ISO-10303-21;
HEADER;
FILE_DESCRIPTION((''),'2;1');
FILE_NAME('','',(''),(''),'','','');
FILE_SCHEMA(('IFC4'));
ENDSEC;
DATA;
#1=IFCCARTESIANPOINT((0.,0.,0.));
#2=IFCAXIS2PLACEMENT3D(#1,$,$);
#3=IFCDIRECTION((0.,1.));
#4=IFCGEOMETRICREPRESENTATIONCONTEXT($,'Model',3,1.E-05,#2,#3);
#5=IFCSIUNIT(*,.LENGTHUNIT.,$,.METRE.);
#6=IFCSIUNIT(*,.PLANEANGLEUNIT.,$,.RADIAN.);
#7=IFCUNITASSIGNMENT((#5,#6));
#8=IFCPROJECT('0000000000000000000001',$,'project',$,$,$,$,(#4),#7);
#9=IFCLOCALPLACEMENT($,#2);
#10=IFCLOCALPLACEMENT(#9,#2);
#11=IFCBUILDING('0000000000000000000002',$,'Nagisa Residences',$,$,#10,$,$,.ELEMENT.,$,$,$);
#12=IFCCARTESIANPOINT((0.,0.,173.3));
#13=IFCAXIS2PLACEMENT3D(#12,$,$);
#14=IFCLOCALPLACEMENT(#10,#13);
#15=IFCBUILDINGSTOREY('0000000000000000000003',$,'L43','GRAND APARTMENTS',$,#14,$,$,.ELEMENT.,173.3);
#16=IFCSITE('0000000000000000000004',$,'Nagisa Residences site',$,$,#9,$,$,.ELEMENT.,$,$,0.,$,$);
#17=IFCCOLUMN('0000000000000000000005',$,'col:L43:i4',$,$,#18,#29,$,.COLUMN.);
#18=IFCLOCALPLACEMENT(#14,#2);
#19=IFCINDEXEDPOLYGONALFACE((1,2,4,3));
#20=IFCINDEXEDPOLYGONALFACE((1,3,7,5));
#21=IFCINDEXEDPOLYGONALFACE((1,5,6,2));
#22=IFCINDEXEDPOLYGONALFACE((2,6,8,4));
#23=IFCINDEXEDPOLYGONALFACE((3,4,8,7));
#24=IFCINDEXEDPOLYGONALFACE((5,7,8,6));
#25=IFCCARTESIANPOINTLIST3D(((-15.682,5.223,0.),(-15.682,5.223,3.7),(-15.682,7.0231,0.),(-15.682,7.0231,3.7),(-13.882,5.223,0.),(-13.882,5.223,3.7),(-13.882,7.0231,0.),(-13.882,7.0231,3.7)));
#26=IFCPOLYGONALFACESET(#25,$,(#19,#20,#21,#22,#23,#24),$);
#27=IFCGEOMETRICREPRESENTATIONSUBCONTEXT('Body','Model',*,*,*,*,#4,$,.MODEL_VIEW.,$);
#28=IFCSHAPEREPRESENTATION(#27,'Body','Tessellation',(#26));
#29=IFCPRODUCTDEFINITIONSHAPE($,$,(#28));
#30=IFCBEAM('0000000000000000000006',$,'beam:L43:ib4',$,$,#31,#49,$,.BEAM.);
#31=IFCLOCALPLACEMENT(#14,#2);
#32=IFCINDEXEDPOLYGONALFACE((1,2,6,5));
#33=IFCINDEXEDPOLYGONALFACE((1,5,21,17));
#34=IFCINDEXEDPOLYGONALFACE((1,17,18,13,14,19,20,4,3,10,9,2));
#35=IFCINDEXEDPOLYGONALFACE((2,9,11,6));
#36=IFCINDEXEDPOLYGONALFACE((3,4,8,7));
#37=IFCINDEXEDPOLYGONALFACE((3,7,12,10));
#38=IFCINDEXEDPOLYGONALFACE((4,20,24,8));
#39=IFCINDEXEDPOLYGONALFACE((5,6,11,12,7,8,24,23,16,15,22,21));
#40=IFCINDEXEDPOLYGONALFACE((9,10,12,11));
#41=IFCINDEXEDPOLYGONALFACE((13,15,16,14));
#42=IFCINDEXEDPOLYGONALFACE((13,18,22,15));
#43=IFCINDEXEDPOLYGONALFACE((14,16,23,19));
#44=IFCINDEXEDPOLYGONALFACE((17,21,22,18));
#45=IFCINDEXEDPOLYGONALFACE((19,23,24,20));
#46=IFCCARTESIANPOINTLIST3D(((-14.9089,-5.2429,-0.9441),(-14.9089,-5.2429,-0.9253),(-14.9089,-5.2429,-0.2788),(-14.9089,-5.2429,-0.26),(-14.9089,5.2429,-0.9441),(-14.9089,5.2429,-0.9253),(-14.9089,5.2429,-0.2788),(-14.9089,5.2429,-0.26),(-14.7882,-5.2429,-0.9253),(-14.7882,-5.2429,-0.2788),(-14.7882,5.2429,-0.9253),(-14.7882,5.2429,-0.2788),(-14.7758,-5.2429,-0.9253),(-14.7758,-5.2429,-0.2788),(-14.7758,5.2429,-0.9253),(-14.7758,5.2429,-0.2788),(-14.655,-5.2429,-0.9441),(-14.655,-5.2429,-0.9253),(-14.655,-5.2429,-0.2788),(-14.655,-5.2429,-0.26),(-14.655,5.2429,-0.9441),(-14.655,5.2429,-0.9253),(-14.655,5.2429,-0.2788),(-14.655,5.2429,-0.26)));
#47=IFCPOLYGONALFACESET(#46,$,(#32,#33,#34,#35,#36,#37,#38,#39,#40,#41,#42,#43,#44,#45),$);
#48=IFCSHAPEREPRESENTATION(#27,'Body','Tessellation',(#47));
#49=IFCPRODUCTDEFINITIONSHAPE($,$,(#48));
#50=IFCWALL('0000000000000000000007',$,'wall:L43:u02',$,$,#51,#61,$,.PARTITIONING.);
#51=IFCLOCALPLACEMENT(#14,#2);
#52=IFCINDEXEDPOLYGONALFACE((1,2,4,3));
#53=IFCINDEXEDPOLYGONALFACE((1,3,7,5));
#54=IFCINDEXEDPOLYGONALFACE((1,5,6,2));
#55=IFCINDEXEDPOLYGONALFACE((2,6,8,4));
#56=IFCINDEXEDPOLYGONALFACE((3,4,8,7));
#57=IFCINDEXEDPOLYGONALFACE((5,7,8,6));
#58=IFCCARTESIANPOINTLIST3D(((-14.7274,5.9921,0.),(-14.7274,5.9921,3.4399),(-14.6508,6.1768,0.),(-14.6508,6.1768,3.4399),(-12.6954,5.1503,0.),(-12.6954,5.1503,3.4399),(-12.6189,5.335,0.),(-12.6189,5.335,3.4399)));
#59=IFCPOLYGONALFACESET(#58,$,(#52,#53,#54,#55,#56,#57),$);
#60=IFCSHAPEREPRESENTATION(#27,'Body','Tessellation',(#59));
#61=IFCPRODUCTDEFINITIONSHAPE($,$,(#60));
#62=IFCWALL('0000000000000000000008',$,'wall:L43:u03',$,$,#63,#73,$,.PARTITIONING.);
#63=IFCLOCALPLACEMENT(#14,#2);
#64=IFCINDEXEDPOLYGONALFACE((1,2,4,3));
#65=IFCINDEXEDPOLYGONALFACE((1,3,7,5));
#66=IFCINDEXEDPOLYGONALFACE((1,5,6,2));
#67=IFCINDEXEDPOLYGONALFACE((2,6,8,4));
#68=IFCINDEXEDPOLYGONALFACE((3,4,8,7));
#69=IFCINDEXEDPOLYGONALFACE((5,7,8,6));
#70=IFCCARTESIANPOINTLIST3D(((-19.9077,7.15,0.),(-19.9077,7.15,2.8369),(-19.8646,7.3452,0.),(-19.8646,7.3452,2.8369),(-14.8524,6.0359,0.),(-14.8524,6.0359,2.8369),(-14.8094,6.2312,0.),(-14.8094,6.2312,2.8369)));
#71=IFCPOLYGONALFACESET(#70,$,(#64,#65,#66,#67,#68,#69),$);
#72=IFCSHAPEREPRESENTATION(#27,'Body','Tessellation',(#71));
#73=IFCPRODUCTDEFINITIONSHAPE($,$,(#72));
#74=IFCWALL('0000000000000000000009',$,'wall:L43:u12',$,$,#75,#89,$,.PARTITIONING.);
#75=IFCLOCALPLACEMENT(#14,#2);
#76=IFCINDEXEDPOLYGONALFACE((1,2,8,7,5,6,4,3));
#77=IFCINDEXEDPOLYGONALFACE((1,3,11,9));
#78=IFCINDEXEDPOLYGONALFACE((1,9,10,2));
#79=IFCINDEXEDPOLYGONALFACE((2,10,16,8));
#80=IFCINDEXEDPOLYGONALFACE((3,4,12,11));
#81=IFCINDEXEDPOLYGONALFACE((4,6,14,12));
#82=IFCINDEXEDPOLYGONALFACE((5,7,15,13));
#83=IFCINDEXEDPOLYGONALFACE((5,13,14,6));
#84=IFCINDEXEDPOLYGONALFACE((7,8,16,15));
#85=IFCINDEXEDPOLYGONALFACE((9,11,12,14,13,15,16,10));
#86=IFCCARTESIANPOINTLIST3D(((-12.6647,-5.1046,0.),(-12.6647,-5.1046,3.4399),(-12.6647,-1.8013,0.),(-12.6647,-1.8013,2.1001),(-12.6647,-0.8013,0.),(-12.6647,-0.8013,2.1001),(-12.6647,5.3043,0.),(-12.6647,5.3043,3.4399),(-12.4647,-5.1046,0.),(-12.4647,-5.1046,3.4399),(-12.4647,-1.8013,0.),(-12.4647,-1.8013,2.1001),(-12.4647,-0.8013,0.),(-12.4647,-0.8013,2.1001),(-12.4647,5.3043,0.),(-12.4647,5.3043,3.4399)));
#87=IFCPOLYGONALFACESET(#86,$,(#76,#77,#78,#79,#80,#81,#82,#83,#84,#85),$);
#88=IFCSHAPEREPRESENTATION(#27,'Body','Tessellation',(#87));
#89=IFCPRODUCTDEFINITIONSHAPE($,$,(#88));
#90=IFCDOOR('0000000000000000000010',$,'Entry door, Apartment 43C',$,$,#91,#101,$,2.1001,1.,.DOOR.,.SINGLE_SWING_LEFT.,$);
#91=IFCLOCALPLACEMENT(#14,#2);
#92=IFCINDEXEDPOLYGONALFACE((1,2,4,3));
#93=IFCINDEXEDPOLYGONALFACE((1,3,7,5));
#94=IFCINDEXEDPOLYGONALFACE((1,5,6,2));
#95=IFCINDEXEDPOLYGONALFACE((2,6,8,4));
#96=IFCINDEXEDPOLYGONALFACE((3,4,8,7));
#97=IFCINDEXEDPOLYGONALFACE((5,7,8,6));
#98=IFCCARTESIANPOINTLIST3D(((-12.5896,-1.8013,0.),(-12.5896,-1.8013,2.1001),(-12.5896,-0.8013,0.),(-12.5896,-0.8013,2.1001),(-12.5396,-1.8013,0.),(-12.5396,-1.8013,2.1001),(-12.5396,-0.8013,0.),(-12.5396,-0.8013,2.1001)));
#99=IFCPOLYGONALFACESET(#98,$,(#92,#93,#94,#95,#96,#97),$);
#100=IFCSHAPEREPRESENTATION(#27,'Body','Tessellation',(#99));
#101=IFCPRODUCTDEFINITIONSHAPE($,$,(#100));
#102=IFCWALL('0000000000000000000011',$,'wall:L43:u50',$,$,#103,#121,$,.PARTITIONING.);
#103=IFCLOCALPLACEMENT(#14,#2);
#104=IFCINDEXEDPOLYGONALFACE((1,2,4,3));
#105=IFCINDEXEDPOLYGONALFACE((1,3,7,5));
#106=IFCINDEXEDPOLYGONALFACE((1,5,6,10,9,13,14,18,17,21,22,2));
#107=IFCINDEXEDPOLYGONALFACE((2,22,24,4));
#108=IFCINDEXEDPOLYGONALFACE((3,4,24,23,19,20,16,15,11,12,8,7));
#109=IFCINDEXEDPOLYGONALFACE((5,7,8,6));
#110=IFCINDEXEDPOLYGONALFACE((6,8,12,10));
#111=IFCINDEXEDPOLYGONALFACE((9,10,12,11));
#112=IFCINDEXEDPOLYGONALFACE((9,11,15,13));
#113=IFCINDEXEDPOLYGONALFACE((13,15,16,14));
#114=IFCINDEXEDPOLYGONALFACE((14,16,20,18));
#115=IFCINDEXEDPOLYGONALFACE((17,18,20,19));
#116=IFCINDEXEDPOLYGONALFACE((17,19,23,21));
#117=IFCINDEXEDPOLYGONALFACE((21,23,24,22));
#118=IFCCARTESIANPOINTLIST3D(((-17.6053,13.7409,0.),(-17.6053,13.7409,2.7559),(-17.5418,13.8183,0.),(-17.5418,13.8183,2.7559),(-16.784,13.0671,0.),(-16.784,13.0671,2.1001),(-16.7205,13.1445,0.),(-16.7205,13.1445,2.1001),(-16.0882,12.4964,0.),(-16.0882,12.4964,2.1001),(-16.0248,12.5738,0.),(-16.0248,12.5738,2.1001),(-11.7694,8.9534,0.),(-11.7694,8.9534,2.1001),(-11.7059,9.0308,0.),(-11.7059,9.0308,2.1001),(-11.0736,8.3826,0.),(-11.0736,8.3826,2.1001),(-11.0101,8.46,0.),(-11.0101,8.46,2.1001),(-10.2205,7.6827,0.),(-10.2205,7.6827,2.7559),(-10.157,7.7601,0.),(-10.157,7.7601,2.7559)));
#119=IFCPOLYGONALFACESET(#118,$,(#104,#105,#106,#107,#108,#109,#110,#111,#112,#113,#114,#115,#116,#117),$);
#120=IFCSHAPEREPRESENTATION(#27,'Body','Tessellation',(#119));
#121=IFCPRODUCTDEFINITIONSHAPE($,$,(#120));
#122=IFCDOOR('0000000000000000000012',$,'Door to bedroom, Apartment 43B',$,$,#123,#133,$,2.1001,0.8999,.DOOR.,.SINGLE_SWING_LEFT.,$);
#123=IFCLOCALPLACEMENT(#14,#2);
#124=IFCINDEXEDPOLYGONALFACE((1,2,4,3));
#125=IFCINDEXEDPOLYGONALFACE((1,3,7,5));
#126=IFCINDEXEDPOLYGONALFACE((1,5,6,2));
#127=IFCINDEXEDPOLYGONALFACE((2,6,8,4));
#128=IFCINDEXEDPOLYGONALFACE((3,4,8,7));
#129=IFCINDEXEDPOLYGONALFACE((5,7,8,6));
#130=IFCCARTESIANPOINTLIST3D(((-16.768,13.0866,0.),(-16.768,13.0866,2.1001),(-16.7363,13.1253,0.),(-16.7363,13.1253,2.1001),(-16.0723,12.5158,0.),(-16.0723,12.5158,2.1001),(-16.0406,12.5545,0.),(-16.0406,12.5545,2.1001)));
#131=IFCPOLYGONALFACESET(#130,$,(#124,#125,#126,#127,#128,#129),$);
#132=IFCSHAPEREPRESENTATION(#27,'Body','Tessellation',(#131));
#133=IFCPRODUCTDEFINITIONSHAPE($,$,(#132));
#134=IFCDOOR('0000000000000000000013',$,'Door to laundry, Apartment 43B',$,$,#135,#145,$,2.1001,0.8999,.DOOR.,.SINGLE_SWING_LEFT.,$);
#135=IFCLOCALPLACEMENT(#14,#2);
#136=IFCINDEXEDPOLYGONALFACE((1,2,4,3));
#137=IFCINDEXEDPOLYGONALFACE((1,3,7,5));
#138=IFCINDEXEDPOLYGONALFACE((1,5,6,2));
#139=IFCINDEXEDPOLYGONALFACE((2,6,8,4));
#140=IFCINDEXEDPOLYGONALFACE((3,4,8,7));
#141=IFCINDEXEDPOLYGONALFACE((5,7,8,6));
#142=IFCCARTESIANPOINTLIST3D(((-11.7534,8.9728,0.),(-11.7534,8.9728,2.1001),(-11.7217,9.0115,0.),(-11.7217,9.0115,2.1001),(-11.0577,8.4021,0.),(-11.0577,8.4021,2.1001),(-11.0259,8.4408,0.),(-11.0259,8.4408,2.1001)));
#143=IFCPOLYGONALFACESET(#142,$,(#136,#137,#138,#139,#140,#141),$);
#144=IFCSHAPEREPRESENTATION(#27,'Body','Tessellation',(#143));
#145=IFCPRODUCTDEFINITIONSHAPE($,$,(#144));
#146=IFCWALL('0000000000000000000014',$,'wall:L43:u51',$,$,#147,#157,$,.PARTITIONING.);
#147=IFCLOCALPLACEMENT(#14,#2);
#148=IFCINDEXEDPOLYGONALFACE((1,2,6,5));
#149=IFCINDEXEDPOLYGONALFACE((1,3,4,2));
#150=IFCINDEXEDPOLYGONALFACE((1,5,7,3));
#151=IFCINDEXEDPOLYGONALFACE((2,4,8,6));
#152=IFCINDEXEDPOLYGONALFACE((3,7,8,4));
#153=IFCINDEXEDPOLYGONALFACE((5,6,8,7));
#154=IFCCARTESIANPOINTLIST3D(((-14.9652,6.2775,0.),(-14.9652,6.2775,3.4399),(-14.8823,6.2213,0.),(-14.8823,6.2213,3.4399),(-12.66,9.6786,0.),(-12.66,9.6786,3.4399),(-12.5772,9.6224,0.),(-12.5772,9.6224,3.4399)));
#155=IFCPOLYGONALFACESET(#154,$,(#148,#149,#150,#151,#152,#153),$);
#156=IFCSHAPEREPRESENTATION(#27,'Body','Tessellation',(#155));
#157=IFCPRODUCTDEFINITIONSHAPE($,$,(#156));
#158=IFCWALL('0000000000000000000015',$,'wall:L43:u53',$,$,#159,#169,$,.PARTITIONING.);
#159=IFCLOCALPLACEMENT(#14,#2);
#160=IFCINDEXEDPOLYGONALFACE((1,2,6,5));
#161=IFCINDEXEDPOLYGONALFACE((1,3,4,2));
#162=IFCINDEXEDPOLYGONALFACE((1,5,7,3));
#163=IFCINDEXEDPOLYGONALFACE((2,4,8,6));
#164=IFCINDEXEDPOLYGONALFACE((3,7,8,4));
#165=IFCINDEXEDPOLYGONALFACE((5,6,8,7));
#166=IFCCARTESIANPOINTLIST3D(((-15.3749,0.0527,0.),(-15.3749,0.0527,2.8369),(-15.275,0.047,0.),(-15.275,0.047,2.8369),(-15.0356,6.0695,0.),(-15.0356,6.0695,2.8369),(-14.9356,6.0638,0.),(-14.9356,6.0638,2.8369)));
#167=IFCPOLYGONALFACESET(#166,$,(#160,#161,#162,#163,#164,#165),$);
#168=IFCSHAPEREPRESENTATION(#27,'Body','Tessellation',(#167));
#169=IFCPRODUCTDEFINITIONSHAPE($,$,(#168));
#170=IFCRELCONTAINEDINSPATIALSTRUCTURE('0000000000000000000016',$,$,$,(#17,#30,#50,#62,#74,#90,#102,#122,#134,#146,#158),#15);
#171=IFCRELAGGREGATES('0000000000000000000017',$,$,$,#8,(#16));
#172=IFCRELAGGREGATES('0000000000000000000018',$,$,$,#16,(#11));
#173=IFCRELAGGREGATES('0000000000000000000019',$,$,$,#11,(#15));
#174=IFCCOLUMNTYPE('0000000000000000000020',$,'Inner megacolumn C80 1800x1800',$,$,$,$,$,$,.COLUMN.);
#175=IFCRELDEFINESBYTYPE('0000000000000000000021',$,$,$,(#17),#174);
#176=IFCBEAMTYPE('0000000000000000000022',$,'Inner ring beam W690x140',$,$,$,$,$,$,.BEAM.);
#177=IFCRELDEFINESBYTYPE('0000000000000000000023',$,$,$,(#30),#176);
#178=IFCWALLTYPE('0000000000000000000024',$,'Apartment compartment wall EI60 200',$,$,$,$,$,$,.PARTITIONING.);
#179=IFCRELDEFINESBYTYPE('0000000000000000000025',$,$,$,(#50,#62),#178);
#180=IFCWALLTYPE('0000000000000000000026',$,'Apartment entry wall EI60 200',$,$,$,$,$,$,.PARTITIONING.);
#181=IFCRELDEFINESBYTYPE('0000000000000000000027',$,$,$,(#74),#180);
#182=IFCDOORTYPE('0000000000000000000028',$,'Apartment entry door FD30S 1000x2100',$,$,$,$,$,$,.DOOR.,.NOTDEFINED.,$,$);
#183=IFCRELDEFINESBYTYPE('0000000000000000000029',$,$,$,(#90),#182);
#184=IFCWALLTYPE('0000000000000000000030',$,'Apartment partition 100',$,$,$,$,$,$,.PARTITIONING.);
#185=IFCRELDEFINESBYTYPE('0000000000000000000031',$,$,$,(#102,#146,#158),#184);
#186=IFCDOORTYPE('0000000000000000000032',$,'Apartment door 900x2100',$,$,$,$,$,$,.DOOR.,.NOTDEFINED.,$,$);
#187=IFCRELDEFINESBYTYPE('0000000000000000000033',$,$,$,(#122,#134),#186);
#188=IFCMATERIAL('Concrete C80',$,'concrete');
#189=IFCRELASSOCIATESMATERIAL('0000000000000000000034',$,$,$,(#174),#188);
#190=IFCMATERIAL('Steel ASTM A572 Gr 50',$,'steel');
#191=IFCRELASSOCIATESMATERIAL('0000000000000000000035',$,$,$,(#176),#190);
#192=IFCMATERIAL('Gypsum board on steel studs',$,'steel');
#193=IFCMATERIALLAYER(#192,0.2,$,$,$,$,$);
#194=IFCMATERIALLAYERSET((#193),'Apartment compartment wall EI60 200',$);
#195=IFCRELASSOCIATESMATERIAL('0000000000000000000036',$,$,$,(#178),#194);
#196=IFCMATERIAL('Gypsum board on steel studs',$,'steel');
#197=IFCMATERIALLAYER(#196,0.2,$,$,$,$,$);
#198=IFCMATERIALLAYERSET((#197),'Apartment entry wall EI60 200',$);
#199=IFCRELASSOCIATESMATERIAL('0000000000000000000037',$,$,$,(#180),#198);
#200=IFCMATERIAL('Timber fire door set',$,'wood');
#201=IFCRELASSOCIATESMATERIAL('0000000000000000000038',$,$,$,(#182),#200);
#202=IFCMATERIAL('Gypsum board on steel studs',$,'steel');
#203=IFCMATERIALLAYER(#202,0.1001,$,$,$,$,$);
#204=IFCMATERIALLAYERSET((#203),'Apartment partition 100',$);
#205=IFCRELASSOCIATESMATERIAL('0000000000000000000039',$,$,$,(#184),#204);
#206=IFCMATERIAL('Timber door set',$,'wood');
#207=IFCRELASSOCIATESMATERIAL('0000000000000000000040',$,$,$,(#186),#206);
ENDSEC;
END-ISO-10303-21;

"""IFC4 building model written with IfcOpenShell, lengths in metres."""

from ifc_helpers import new_model, si_unit, direction, frame, frame_2d, origin, origin_2d, place, context, subcontext, project, spatial, rectangle, i_section, extrude, material, layer, layer_set, material_profile, profile_set, type_object, element, fill, save


model = new_model("IFC4")

# Units and contexts
model_context = context("Model", 3, precision=1e-05, world=origin(), true_north=direction((0.0, 1.0)))
body_context = subcontext(model_context, "Body", "Model", "MODEL_VIEW")
ifc_project = project(units=[si_unit("LENGTHUNIT", "METRE"), si_unit("PLANEANGLEUNIT", "RADIAN")], contexts=[model_context])

# Site, building, storey
site_placement = place(None, origin())
site = spatial("IfcSite", under=ifc_project, at=site_placement, Name="Nagisa Residences site", CompositionType="ELEMENT", RefElevation=0.0)
building_placement = place(site_placement, origin())
building = spatial("IfcBuilding", under=site, at=building_placement, Name="Nagisa Residences", CompositionType="ELEMENT")
storey_placement = place(building_placement, frame((0.0, 0.0, 173.3)))
storey = spatial("IfcBuildingStorey", under=building, at=storey_placement, Name="L43", Description="GRAND APARTMENTS", CompositionType="ELEMENT", Elevation=173.3)

# Column
ifc_material_1 = material(Name="Concrete C80", Category="concrete")
ifc_material_profile_1 = material_profile(ifc_material_1, rectangle(XDim=1.8, YDim=1.8, at=origin_2d()), Name="C80 1800x1800")
ifc_profile_set_1 = profile_set([ifc_material_profile_1], Name="Concrete C80")
column_type = type_object("IfcColumnType", Name="Inner megacolumn C80 1800x1800", PredefinedType="COLUMN", material=ifc_profile_set_1)
column_placement = place(storey_placement, frame((-14.782, 6.123, 0.0), z_axis=(0.0, 0.0, 1.0), x_axis=(1.0, 0.0, 0.0)))
element("IfcColumn", 1, at=column_placement, inside=storey, type_object=column_type, Name="col:L43:i4", PredefinedType="COLUMN", context=body_context, shape_type="SweptSolid", body=[
    extrude(rectangle(XDim=1.8, YDim=1.8, at=origin_2d()), origin(), (0.0, 0.0, 1.0), 3.7),
])

# Beam
ifc_material_2 = material(Name="Steel ASTM A572 Gr 50", Category="steel")
ifc_material_profile_2 = material_profile(ifc_material_2, i_section(OverallWidth=0.2539, OverallDepth=0.6841, WebThickness=0.0125, FlangeThickness=0.0188, at=origin_2d()), Name="W690x140")
ifc_profile_set_2 = profile_set([ifc_material_profile_2], Name="Steel ASTM A572 Gr 50")
beam_type = type_object("IfcBeamType", Name="Inner ring beam W690x140", PredefinedType="BEAM", material=ifc_profile_set_2)
beam_placement = place(storey_placement, frame((-14.782, 5.2429, -0.6021), z_axis=(0.0, -1.0, 0.0), x_axis=(1.0, 0.0, 0.0)))
element("IfcBeam", 2, at=beam_placement, inside=storey, type_object=beam_type, Name="beam:L43:ib4", PredefinedType="BEAM", context=body_context, shape_type="SweptSolid", body=[
    extrude(i_section(OverallWidth=0.2539, OverallDepth=0.6841, WebThickness=0.0125, FlangeThickness=0.0188, at=origin_2d()), origin(), (0.0, 0.0, 1.0), 10.4858),
])

# Walls
ifc_material_3 = material(Name="Gypsum board on steel studs", Category="steel")
ifc_layer_1 = layer(ifc_material_3, 0.2)
ifc_layer_set_1 = layer_set([ifc_layer_1], Name="Apartment compartment wall EI60 200")
wall_type_1 = type_object("IfcWallType", Name="Apartment compartment wall EI60 200", PredefinedType="PARTITIONING", material=ifc_layer_set_1)
wall_1_placement = place(storey_placement, frame((-12.6572, 5.2427, 0.0), z_axis=(0.0, 0.0, 1.0), x_axis=(-0.92386, 0.382731, 0.0)))
element("IfcWall", 3, at=wall_1_placement, inside=storey, type_object=wall_type_1, Name="wall:L43:u02", PredefinedType="PARTITIONING", context=body_context, shape_type="SweptSolid", body=[
    extrude(rectangle(XDim=2.1995, YDim=0.2, at=frame_2d((1.0996, 0.0))), origin(), (0.0, 0.0, 1.0), 3.4399),
])
wall_2_placement = place(storey_placement, frame((-14.8308, 6.1335, 0.0), z_axis=(0.0, 0.0, 1.0), x_axis=(-0.976568, 0.215207, 0.0)))
element("IfcWall", 4, at=wall_2_placement, inside=storey, type_object=wall_type_1, Name="wall:L43:u03", PredefinedType="PARTITIONING", context=body_context, shape_type="SweptSolid", body=[
    extrude(rectangle(XDim=5.1765, YDim=0.2, at=frame_2d((2.5884, 0.0))), origin(), (0.0, 0.0, 1.0), 2.8369),
])

# Wall, opening, door
ifc_material_4 = material(Name="Gypsum board on steel studs", Category="steel")
ifc_layer_2 = layer(ifc_material_4, 0.2)
ifc_layer_set_2 = layer_set([ifc_layer_2], Name="Apartment entry wall EI60 200")
wall_type_2 = type_object("IfcWallType", Name="Apartment entry wall EI60 200", PredefinedType="PARTITIONING", material=ifc_layer_set_2)
wall_3_placement = place(storey_placement, frame((-12.5647, 5.3044, 0.0), z_axis=(0.0, 0.0, 1.0), x_axis=(0.0, -1.0, 0.0)))
wall_3 = element("IfcWall", 5, at=wall_3_placement, inside=storey, type_object=wall_type_2, Name="wall:L43:u12", PredefinedType="PARTITIONING", context=body_context, shape_type="SweptSolid", body=[
    extrude(rectangle(XDim=10.4089, YDim=0.2, at=frame_2d((5.2046, 0.0))), origin(), (0.0, 0.0, 1.0), 3.4399),
])
opening_1_placement = place(wall_3_placement, frame((6.1057, 0.0, 0.0)))
opening_1 = element("IfcOpeningElement", 6, at=opening_1_placement, cuts=wall_3, PredefinedType="OPENING", context=body_context, shape_type="SweptSolid", body=[
    extrude(rectangle(XDim=1.0, YDim=2.1001, at=frame_2d((0.5, 1.05))), frame((0.0, 0.1099, 0.0), z_axis=(0.0, -1.0, 0.0), x_axis=(1.0, 0.0, 0.0)), (0.0, 0.0, 1.0), 0.22),
])
ifc_material_5 = material(Name="Timber fire door set", Category="wood")
door_type_1 = type_object("IfcDoorType", Name="Apartment entry door FD30S 1000x2100", OperationType="NOTDEFINED", PredefinedType="DOOR", material=ifc_material_5)
door_1_placement = place(opening_1_placement, frame((1.0, 0.0, 0.0), x_axis=(-1.0, 0.0, 0.0)))
door_1 = element("IfcDoor", 7, at=door_1_placement, inside=storey, type_object=door_type_1, Name="Entry door, Apartment 43C", OperationType="SINGLE_SWING_LEFT", OverallHeight=2.1001, OverallWidth=1.0, PredefinedType="DOOR", context=body_context, shape_type="SweptSolid", body=[
    extrude(rectangle(XDim=1.0, YDim=2.1001, at=frame_2d((0.5, 1.05))), frame((0.0, 0.0249, 0.0), z_axis=(0.0, -1.0, 0.0), x_axis=(1.0, 0.0, 0.0)), (0.0, 0.0, 1.0), 0.05),
])
fill(opening_1, door_1)

# Wall, openings, doors
ifc_material_6 = material(Name="Gypsum board on steel studs", Category="steel")
ifc_layer_3 = layer(ifc_material_6, 0.1001)
ifc_layer_set_3 = layer_set([ifc_layer_3], Name="Apartment partition 100")
wall_type_3 = type_object("IfcWallType", Name="Apartment partition 100", PredefinedType="PARTITIONING", material=ifc_layer_set_3)
wall_4_placement = place(storey_placement, frame((-10.1887, 7.7214, 0.0), z_axis=(0.0, 0.0, 1.0), x_axis=(-0.773134, 0.634242, 0.0)))
wall_4 = element("IfcWall", 8, at=wall_4_placement, inside=storey, type_object=wall_type_3, Name="wall:L43:u50", PredefinedType="PARTITIONING", context=body_context, shape_type="SweptSolid", body=[
    extrude(rectangle(XDim=9.5518, YDim=0.1001, at=frame_2d((4.7759, 0.0))), origin(), (0.0, 0.0, 1.0), 2.7559),
])
opening_2_placement = place(wall_4_placement, frame((7.5896, 0.0, 0.0)))
opening_2 = element("IfcOpeningElement", 9, at=opening_2_placement, cuts=wall_4, PredefinedType="OPENING", context=body_context, shape_type="SweptSolid", body=[
    extrude(rectangle(XDim=0.8999, YDim=2.1001, at=frame_2d((0.45, 1.05))), frame((0.0, 0.0601, 0.0), z_axis=(0.0, -1.0, 0.0), x_axis=(1.0, 0.0, 0.0)), (0.0, 0.0, 1.0), 0.1201),
])
opening_3_placement = place(wall_4_placement, frame((1.1035, 0.0, 0.0)))
opening_3 = element("IfcOpeningElement", 10, at=opening_3_placement, cuts=wall_4, PredefinedType="OPENING", context=body_context, shape_type="SweptSolid", body=[
    extrude(rectangle(XDim=0.8999, YDim=2.1001, at=frame_2d((0.45, 1.05))), frame((0.0, 0.0601, 0.0), z_axis=(0.0, -1.0, 0.0), x_axis=(1.0, 0.0, 0.0)), (0.0, 0.0, 1.0), 0.1201),
])
ifc_material_7 = material(Name="Timber door set", Category="wood")
door_type_2 = type_object("IfcDoorType", Name="Apartment door 900x2100", OperationType="NOTDEFINED", PredefinedType="DOOR", material=ifc_material_7)
door_2_placement = place(opening_2_placement, origin())
door_2 = element("IfcDoor", 11, at=door_2_placement, inside=storey, type_object=door_type_2, Name="Door to bedroom, Apartment 43B", OperationType="SINGLE_SWING_LEFT", OverallHeight=2.1001, OverallWidth=0.8999, PredefinedType="DOOR", context=body_context, shape_type="SweptSolid", body=[
    extrude(rectangle(XDim=0.8999, YDim=2.1001, at=frame_2d((0.45, 1.05))), frame((0.0, 0.0249, 0.0), z_axis=(0.0, -1.0, 0.0), x_axis=(1.0, 0.0, 0.0)), (0.0, 0.0, 1.0), 0.05),
])
fill(opening_2, door_2)
door_3_placement = place(opening_3_placement, origin())
door_3 = element("IfcDoor", 12, at=door_3_placement, inside=storey, type_object=door_type_2, Name="Door to laundry, Apartment 43B", OperationType="SINGLE_SWING_LEFT", OverallHeight=2.1001, OverallWidth=0.8999, PredefinedType="DOOR", context=body_context, shape_type="SweptSolid", body=[
    extrude(rectangle(XDim=0.8999, YDim=2.1001, at=frame_2d((0.45, 1.05))), frame((0.0, 0.0249, 0.0), z_axis=(0.0, -1.0, 0.0), x_axis=(1.0, 0.0, 0.0)), (0.0, 0.0, 1.0), 0.05),
])
fill(opening_3, door_3)

# Walls
wall_5_placement = place(storey_placement, frame((-12.6187, 9.6504, 0.0), z_axis=(0.0, 0.0, 1.0), x_axis=(-0.561047, -0.827784, 0.0)))
element("IfcWall", 13, at=wall_5_placement, inside=storey, type_object=wall_type_3, Name="wall:L43:u51", PredefinedType="PARTITIONING", context=body_context, shape_type="SweptSolid", body=[
    extrude(rectangle(XDim=4.1086, YDim=0.1001, at=frame_2d((2.0542, 0.0))), origin(), (0.0, 0.0, 1.0), 3.4399),
])
wall_6_placement = place(storey_placement, frame((-14.9856, 6.0667, 0.0), z_axis=(0.0, 0.0, 1.0), x_axis=(-0.056311, -0.998413, 0.0)))
element("IfcWall", 14, at=wall_6_placement, inside=storey, type_object=wall_type_3, Name="wall:L43:u53", PredefinedType="PARTITIONING", context=body_context, shape_type="SweptSolid", body=[
    extrude(rectangle(XDim=6.0264, YDim=0.1001, at=frame_2d((3.0132, 0.0))), origin(), (0.0, 0.0, 1.0), 2.8369),
])

save(model, "model.ifc")
